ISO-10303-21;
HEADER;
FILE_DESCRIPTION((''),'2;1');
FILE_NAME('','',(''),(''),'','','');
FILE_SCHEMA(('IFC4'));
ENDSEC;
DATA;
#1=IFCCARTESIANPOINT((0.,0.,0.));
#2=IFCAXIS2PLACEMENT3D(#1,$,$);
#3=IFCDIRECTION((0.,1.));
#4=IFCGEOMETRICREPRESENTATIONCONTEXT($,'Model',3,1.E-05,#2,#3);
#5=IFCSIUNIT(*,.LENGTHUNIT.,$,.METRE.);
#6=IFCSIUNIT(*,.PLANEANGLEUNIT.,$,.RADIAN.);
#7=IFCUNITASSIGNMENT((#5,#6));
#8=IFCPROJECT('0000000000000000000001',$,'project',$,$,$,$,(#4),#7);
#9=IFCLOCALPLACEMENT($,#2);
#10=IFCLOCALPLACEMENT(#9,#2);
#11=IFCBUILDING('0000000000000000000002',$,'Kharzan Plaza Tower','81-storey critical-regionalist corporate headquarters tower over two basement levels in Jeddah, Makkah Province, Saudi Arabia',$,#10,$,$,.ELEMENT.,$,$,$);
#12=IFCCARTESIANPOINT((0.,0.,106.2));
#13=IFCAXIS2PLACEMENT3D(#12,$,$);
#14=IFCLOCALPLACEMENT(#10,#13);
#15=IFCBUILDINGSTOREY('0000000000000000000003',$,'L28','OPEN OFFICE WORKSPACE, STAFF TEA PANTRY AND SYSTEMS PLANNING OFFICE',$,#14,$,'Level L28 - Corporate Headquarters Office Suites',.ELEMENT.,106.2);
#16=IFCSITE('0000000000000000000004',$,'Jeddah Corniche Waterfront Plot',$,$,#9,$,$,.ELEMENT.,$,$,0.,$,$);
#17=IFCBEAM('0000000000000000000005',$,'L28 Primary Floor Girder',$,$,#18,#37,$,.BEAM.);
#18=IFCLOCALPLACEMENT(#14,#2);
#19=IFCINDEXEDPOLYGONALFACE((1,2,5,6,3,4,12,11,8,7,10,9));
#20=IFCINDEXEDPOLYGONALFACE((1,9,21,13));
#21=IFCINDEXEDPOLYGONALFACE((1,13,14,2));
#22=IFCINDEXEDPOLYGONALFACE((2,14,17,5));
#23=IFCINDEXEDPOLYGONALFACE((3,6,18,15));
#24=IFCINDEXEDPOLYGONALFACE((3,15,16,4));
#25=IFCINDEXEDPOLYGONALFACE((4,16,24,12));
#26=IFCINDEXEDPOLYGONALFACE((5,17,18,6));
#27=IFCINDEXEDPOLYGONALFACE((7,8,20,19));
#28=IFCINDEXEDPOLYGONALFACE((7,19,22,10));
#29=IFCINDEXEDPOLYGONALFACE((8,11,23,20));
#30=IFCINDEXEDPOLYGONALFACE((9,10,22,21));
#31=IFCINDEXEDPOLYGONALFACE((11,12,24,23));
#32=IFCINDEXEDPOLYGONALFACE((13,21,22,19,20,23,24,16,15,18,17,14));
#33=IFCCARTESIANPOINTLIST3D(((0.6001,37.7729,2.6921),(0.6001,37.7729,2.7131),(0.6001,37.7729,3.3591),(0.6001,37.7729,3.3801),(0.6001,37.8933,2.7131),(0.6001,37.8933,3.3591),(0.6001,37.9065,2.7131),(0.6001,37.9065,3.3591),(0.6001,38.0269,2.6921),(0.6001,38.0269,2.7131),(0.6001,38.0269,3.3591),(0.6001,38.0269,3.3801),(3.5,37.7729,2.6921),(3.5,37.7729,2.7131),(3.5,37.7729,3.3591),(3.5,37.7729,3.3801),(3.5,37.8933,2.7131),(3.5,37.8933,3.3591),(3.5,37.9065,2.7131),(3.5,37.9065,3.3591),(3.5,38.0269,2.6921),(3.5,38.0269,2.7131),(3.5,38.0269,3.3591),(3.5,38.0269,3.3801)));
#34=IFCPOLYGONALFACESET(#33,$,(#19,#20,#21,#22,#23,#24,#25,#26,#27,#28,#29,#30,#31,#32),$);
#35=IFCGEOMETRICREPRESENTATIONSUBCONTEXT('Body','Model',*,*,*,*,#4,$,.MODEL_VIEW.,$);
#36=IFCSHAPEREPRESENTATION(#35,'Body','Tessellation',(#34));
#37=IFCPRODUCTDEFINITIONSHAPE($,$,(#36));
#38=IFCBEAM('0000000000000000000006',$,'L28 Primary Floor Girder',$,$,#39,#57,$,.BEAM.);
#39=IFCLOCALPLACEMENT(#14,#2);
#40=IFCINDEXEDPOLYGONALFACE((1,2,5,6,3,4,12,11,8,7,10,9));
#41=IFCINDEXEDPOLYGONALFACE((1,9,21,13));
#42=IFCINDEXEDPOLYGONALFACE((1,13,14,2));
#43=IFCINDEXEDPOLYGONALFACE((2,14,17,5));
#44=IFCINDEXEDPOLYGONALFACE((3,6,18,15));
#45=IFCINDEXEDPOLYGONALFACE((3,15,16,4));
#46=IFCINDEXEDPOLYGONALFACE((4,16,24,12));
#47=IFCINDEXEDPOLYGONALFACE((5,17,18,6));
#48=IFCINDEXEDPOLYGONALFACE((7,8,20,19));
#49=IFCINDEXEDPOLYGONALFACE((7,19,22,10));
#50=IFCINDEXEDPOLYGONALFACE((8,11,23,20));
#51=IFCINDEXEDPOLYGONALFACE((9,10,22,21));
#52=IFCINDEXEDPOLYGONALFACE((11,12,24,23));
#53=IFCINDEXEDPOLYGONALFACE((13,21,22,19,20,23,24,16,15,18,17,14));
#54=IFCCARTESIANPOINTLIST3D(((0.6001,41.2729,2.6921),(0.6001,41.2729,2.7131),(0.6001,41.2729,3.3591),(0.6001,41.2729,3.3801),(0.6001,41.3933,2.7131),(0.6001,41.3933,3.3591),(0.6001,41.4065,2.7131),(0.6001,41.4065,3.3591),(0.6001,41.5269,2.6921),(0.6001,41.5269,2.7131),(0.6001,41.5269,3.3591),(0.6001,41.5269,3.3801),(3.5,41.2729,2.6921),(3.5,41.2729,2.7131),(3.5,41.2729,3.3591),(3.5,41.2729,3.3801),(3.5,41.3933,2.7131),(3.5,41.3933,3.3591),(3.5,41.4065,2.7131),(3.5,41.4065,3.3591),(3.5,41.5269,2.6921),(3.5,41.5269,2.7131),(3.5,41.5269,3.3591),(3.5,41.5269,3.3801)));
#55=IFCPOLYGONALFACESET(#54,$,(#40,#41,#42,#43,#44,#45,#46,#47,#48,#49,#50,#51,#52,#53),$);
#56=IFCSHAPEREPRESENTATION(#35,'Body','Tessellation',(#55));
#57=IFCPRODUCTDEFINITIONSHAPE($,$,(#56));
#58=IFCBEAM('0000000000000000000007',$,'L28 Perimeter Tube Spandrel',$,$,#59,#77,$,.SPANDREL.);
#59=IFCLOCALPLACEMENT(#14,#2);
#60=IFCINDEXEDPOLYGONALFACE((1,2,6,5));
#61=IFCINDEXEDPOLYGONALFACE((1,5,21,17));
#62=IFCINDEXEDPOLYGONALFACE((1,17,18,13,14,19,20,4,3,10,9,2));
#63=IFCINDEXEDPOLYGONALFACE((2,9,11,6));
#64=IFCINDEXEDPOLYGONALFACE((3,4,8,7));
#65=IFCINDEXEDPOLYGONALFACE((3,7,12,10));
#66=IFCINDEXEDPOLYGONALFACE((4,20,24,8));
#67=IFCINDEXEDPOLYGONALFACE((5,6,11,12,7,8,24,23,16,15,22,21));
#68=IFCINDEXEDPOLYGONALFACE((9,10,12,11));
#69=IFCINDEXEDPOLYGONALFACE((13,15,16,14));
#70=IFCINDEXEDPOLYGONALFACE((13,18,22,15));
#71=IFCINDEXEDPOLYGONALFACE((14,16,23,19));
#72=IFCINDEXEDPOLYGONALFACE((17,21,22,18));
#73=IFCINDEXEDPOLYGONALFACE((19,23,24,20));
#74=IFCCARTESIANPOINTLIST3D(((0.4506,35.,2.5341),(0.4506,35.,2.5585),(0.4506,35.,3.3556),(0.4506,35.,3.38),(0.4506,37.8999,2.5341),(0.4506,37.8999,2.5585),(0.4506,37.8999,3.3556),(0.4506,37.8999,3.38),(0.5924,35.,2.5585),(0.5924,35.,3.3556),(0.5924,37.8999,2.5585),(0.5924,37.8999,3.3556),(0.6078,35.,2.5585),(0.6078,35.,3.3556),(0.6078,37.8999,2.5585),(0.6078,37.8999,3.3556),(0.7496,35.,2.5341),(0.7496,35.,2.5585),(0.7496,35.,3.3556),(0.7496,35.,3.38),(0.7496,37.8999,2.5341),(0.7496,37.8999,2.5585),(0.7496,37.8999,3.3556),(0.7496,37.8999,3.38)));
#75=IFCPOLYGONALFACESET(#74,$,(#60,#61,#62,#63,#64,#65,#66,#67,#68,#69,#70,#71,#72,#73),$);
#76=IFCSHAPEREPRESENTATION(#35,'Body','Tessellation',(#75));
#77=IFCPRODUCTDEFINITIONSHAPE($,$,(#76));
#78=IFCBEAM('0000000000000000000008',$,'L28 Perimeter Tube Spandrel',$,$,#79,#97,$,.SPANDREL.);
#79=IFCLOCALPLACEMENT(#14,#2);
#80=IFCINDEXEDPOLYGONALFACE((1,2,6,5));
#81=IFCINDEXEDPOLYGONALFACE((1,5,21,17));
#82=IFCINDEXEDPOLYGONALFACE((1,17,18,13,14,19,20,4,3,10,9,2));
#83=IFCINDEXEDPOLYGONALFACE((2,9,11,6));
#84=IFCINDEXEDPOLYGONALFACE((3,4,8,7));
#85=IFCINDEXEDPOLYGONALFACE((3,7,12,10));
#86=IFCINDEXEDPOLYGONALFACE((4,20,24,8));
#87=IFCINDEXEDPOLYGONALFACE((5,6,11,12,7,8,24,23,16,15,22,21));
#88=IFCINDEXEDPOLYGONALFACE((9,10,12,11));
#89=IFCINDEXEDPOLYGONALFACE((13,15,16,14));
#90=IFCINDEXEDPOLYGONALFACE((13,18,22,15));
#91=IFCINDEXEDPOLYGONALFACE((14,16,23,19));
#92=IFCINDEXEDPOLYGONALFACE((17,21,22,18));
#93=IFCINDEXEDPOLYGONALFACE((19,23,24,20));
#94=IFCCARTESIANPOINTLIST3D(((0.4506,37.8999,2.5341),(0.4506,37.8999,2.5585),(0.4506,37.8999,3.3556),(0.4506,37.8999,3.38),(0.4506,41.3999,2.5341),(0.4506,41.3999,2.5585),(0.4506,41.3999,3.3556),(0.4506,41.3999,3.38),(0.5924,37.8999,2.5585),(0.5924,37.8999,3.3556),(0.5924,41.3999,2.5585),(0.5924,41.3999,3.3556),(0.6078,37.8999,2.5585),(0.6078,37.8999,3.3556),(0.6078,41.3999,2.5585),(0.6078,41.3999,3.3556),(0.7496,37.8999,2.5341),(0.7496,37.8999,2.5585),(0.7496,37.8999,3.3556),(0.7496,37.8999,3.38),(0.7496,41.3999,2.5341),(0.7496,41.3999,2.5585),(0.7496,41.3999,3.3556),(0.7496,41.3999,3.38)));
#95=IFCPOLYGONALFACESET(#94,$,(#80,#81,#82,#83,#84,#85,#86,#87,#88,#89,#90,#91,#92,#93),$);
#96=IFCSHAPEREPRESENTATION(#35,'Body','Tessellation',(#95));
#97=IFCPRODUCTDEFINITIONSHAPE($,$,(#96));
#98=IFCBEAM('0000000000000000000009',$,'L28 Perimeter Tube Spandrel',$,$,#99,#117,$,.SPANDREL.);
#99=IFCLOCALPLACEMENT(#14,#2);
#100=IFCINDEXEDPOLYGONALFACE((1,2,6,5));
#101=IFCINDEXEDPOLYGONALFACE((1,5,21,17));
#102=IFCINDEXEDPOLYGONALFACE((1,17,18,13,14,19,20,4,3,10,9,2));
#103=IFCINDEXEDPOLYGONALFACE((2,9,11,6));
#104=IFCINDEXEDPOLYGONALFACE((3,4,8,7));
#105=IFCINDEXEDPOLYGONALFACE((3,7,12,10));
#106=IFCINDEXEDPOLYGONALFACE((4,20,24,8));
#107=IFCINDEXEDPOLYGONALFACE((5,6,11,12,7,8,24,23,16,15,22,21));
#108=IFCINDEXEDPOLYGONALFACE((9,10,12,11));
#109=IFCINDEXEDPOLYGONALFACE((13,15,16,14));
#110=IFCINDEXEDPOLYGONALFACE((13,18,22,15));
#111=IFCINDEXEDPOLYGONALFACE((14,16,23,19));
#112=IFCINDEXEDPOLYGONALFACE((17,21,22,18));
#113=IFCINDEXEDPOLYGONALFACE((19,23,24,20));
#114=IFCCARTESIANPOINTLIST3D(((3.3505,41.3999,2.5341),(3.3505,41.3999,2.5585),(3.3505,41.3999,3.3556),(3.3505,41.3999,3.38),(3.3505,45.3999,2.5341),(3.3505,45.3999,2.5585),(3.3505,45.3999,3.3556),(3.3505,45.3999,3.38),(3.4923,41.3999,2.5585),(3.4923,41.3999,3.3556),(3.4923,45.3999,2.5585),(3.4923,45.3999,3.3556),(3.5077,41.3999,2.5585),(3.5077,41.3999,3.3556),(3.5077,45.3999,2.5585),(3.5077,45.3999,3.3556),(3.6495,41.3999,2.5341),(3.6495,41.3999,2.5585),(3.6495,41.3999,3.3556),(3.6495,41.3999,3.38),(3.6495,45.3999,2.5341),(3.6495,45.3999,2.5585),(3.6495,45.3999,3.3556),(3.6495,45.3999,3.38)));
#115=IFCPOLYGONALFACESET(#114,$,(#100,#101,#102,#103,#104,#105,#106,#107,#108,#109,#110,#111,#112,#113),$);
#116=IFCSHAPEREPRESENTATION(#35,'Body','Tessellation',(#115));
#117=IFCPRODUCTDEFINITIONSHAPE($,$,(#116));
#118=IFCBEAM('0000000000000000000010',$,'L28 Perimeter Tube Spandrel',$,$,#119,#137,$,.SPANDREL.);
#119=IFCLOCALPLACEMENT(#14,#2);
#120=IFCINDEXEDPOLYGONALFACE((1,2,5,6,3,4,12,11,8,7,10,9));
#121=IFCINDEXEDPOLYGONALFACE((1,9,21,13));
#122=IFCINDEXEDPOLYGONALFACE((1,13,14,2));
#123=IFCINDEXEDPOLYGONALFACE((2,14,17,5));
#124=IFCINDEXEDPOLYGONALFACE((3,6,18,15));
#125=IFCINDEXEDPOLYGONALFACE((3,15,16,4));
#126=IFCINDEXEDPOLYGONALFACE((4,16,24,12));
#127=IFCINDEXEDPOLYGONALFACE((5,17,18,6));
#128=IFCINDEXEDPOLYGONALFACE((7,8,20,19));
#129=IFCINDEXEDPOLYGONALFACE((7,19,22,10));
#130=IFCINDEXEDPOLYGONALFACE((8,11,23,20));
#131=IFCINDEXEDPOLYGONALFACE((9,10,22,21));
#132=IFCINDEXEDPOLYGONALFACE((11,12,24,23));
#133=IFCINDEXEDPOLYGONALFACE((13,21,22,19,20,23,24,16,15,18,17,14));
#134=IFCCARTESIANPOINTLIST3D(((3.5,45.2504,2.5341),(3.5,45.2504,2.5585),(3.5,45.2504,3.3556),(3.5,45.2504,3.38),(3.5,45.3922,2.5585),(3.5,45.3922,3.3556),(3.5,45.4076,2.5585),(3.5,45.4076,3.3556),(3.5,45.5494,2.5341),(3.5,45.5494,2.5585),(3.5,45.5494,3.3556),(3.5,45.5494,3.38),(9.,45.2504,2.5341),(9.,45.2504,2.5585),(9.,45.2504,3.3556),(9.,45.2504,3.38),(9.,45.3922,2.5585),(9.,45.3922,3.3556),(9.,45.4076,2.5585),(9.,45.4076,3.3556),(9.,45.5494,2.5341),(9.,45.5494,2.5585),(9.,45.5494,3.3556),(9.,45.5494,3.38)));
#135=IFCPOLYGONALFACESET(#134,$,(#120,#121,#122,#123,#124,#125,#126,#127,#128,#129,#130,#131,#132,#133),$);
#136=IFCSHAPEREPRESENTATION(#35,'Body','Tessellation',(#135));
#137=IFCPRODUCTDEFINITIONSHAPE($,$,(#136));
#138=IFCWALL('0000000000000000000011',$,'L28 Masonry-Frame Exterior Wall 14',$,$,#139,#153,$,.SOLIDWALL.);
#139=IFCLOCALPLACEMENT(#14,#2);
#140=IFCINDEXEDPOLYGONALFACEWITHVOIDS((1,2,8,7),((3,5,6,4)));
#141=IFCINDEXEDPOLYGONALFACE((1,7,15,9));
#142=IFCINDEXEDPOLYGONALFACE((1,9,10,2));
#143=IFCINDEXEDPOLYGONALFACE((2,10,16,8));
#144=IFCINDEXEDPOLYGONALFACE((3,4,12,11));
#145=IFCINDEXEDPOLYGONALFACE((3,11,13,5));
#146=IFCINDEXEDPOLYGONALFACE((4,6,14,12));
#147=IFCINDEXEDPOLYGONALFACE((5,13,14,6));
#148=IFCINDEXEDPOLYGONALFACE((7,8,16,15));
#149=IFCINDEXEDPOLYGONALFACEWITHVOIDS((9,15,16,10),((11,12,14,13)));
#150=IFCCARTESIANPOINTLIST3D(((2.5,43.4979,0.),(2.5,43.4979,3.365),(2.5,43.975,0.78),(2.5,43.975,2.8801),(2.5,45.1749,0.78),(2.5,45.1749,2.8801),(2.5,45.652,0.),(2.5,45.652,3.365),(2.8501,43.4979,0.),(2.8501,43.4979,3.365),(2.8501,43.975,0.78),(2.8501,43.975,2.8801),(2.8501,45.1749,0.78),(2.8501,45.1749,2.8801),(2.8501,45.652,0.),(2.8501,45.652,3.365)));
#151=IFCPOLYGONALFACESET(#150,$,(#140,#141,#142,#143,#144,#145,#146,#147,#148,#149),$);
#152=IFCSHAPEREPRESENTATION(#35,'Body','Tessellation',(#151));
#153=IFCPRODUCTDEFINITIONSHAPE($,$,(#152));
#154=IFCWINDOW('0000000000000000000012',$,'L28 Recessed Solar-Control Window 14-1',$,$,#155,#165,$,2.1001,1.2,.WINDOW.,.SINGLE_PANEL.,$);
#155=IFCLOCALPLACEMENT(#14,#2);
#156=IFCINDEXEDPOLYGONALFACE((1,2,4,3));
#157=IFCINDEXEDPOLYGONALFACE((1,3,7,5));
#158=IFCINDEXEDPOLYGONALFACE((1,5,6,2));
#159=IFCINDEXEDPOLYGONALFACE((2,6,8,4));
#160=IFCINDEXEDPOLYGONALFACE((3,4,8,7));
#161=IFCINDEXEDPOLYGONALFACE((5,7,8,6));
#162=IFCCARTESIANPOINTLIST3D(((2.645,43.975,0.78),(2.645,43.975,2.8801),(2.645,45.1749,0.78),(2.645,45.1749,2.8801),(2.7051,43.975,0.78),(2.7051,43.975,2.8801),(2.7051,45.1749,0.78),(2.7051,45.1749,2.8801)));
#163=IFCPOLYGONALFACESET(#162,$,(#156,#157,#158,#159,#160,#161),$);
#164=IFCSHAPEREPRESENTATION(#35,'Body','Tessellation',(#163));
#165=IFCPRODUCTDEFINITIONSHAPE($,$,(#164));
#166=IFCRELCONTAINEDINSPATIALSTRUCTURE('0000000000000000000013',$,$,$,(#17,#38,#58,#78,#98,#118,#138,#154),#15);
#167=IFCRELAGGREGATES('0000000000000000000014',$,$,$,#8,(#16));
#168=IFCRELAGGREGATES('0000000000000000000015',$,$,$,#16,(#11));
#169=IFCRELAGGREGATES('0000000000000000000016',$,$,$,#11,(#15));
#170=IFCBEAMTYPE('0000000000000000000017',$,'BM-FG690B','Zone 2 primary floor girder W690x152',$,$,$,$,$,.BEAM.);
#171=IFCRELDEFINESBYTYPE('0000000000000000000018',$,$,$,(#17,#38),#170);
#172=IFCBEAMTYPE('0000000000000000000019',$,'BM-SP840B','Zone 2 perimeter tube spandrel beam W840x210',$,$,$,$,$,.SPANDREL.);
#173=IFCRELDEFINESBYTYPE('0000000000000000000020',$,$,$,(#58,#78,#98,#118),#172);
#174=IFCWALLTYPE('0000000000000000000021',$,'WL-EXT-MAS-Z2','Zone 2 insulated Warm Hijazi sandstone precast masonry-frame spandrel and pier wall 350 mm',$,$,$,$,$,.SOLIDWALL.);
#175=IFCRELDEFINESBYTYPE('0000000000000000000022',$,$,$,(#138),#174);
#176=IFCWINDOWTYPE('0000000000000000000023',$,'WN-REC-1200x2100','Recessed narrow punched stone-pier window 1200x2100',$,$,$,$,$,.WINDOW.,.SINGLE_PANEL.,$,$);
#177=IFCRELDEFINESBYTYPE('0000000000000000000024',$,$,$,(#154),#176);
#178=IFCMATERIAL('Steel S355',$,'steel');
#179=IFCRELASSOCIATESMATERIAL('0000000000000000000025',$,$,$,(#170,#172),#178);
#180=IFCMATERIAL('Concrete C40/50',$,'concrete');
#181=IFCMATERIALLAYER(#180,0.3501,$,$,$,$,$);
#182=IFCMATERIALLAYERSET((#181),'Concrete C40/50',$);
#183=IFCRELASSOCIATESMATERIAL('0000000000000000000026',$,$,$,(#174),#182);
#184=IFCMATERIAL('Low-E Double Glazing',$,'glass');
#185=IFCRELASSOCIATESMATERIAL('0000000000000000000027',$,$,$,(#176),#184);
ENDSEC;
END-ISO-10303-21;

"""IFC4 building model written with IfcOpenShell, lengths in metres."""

from ifc_helpers import new_model, si_unit, direction, frame, frame_2d, origin, origin_2d, place, context, subcontext, project, spatial, rectangle, i_section, extrude, source, transform, mapped, material, layer, layer_set, material_profile, profile_set, type_object, element, fill, save


model = new_model("IFC4")

# Units and contexts
model_context = context("Model", 3, precision=1e-05, world=origin(), true_north=direction((0.0, 1.0)))
body_context = subcontext(model_context, "Body", "Model", "MODEL_VIEW")
ifc_project = project(units=[si_unit("LENGTHUNIT", "METRE"), si_unit("PLANEANGLEUNIT", "RADIAN")], contexts=[model_context])

# Site, building, storey
site_placement = place(None, origin())
site = spatial("IfcSite", under=ifc_project, at=site_placement, Name="Jeddah Corniche Waterfront Plot", CompositionType="ELEMENT", RefElevation=0.0)
building_placement = place(site_placement, origin())
building = spatial("IfcBuilding", under=site, at=building_placement, Name="Kharzan Plaza Tower", Description="81-storey critical-regionalist corporate headquarters tower over two basement levels in Jeddah, Makkah Province, Saudi Arabia", CompositionType="ELEMENT")
storey_placement = place(building_placement, frame((0.0, 0.0, 106.2)))
storey = spatial("IfcBuildingStorey", under=building, at=storey_placement, Name="L28", Description="OPEN OFFICE WORKSPACE, STAFF TEA PANTRY AND SYSTEMS PLANNING OFFICE", LongName="Level L28 - Corporate Headquarters Office Suites", CompositionType="ELEMENT", Elevation=106.2)

# Beams
ifc_material_1 = material(Name="Steel S355", Category="steel")
ifc_material_profile_1 = material_profile(ifc_material_1, i_section(OverallWidth=0.2539, OverallDepth=0.688, WebThickness=0.0132, FlangeThickness=0.021, at=origin_2d()), Name="W690x152")
ifc_profile_set_1 = profile_set([ifc_material_profile_1], Name="Steel S355")
beam_type_1 = type_object("IfcBeamType", Name="BM-FG690B", Description="Zone 2 primary floor girder W690x152", PredefinedType="BEAM", material=ifc_profile_set_1)
shared_shape_1 = source(origin(), body_context, "Body", "SweptSolid", [
    extrude(i_section(OverallWidth=0.2539, OverallDepth=0.688, WebThickness=0.0132, FlangeThickness=0.021, at=origin_2d()), origin(), (0.0, 0.0, 1.0), 2.8999),
])
for number, where, z_axis, x_axis, name in (
    (1, (0.6001, 37.8999, 3.0361), (1.0, 0.0, 0.0), (0.0, 1.0, 0.0), "L28 Primary Floor Girder"),
    (2, (0.6001, 41.3999, 3.0361), (1.0, 0.0, 0.0), (0.0, 1.0, 0.0), "L28 Primary Floor Girder"),
):
    element("IfcBeam", number, at=place(storey_placement, frame(where, z_axis=z_axis, x_axis=x_axis)), inside=storey, type_object=beam_type_1, Name=name, PredefinedType="BEAM", context=body_context, shape_type="MappedRepresentation", body=[
        mapped(shared_shape_1, transform((0.0, 0.0, 0.0), x_axis=(1.0, 0.0, 0.0), y_axis=(0.0, 1.0, 0.0), z_axis=(0.0, 0.0, 1.0))),
    ])
ifc_material_profile_2 = material_profile(ifc_material_1, i_section(OverallWidth=0.2991, OverallDepth=0.8459, WebThickness=0.0154, FlangeThickness=0.0244, at=origin_2d()), Name="W840x210")
ifc_profile_set_2 = profile_set([ifc_material_profile_2], Name="Steel S355")
beam_type_2 = type_object("IfcBeamType", Name="BM-SP840B", Description="Zone 2 perimeter tube spandrel beam W840x210", PredefinedType="SPANDREL", material=ifc_profile_set_2)
shared_shape_2 = source(origin(), body_context, "Body", "SweptSolid", [
    extrude(i_section(OverallWidth=0.2991, OverallDepth=0.8459, WebThickness=0.0154, FlangeThickness=0.0244, at=origin_2d()), origin(), (0.0, 0.0, 1.0), 2.8999),
])
beam_1_placement = place(storey_placement, frame((0.6001, 35.0, 2.957), z_axis=(0.0, 1.0, 0.0), x_axis=(-1.0, 0.0, 0.0)))
element("IfcBeam", 3, at=beam_1_placement, inside=storey, type_object=beam_type_2, Name="L28 Perimeter Tube Spandrel", PredefinedType="SPANDREL", context=body_context, shape_type="MappedRepresentation", body=[
    mapped(shared_shape_2, transform((0.0, 0.0, 0.0), x_axis=(1.0, 0.0, 0.0), y_axis=(0.0, 1.0, 0.0), z_axis=(0.0, 0.0, 1.0))),
])
shared_shape_3 = source(origin(), body_context, "Body", "SweptSolid", [
    extrude(i_section(OverallWidth=0.2991, OverallDepth=0.8459, WebThickness=0.0154, FlangeThickness=0.0244, at=origin_2d()), origin(), (0.0, 0.0, 1.0), 3.5),
])
beam_2_placement = place(storey_placement, frame((0.6001, 37.8999, 2.957), z_axis=(0.0, 1.0, 0.0), x_axis=(-1.0, 0.0, 0.0)))
element("IfcBeam", 4, at=beam_2_placement, inside=storey, type_object=beam_type_2, Name="L28 Perimeter Tube Spandrel", PredefinedType="SPANDREL", context=body_context, shape_type="MappedRepresentation", body=[
    mapped(shared_shape_3, transform((0.0, 0.0, 0.0), x_axis=(1.0, 0.0, 0.0), y_axis=(0.0, 1.0, 0.0), z_axis=(0.0, 0.0, 1.0))),
])
shared_shape_4 = source(origin(), body_context, "Body", "SweptSolid", [
    extrude(i_section(OverallWidth=0.2991, OverallDepth=0.8459, WebThickness=0.0154, FlangeThickness=0.0244, at=origin_2d()), origin(), (0.0, 0.0, 1.0), 4.0),
])
beam_3_placement = place(storey_placement, frame((3.5, 41.3999, 2.957), z_axis=(0.0, 1.0, 0.0), x_axis=(-1.0, 0.0, 0.0)))
element("IfcBeam", 5, at=beam_3_placement, inside=storey, type_object=beam_type_2, Name="L28 Perimeter Tube Spandrel", PredefinedType="SPANDREL", context=body_context, shape_type="MappedRepresentation", body=[
    mapped(shared_shape_4, transform((0.0, 0.0, 0.0), x_axis=(1.0, 0.0, 0.0), y_axis=(0.0, 1.0, 0.0), z_axis=(0.0, 0.0, 1.0))),
])
shared_shape_5 = source(origin(), body_context, "Body", "SweptSolid", [
    extrude(i_section(OverallWidth=0.2991, OverallDepth=0.8459, WebThickness=0.0154, FlangeThickness=0.0244, at=origin_2d()), origin(), (0.0, 0.0, 1.0), 5.5),
])
beam_4_placement = place(storey_placement, frame((3.5, 45.3999, 2.957), z_axis=(1.0, 0.0, 0.0), x_axis=(0.0, 1.0, 0.0)))
element("IfcBeam", 6, at=beam_4_placement, inside=storey, type_object=beam_type_2, Name="L28 Perimeter Tube Spandrel", PredefinedType="SPANDREL", context=body_context, shape_type="MappedRepresentation", body=[
    mapped(shared_shape_5, transform((0.0, 0.0, 0.0), x_axis=(1.0, 0.0, 0.0), y_axis=(0.0, 1.0, 0.0), z_axis=(0.0, 0.0, 1.0))),
])

# Wall, opening, window
ifc_material_2 = material(Name="Concrete C40/50", Category="concrete")
ifc_layer = layer(ifc_material_2, 0.3501)
ifc_layer_set = layer_set([ifc_layer], Name="Concrete C40/50")
wall_type = type_object("IfcWallType", Name="WL-EXT-MAS-Z2", Description="Zone 2 insulated Warm Hijazi sandstone precast masonry-frame spandrel and pier wall 350 mm", PredefinedType="SOLIDWALL", material=ifc_layer_set)
wall_1_placement = place(storey_placement, frame((2.675, 45.6521, 0.0), z_axis=(0.0, 0.0, 1.0), x_axis=(0.0, -1.0, 0.0)))
wall_1 = element("IfcWall", 7, at=wall_1_placement, inside=storey, type_object=wall_type, Name="L28 Masonry-Frame Exterior Wall 14", PredefinedType="SOLIDWALL", context=body_context, shape_type="SweptSolid", body=[
    extrude(rectangle(XDim=2.1541, YDim=0.3501, at=frame_2d((1.0771, 0.0))), origin(), (0.0, 0.0, 1.0), 3.365),
])
opening_1_placement = place(wall_1_placement, frame((0.4771, 0.0, 0.78)))
opening_1 = element("IfcOpeningElement", 8, at=opening_1_placement, cuts=wall_1, PredefinedType="OPENING", context=body_context, shape_type="SweptSolid", body=[
    extrude(rectangle(XDim=1.2, YDim=2.1001, at=frame_2d((0.6001, 1.05))), frame((0.0, 0.1851, 0.0), z_axis=(0.0, -1.0, 0.0), x_axis=(1.0, 0.0, 0.0)), (0.0, 0.0, 1.0), 0.3701),
])
ifc_material_3 = material(Name="Low-E Double Glazing", Category="glass")
window_type_1 = type_object("IfcWindowType", Name="WN-REC-1200x2100", Description="Recessed narrow punched stone-pier window 1200x2100", PartitioningType="SINGLE_PANEL", PredefinedType="WINDOW", material=ifc_material_3)
shared_shape_6 = source(origin(), body_context, "Body", "SweptSolid", [
    extrude(rectangle(XDim=1.2, YDim=2.1001, at=frame_2d((0.6001, 1.05))), frame((0.0, 0.03, 0.0), z_axis=(0.0, -1.0, 0.0), x_axis=(1.0, 0.0, 0.0)), (0.0, 0.0, 1.0), 0.0601),
])
window_1_placement = place(opening_1_placement, origin())
window_1 = element("IfcWindow", 9, at=window_1_placement, inside=storey, type_object=window_type_1, Name="L28 Recessed Solar-Control Window 14-1", OverallHeight=2.1001, OverallWidth=1.2, PartitioningType="SINGLE_PANEL", PredefinedType="WINDOW", context=body_context, shape_type="MappedRepresentation", body=[
    mapped(shared_shape_6, transform((0.0, 0.0, 0.0), x_axis=(1.0, 0.0, 0.0), y_axis=(0.0, 1.0, 0.0), z_axis=(0.0, 0.0, 1.0))),
])
fill(opening_1, window_1)

save(model, "model.ifc")
